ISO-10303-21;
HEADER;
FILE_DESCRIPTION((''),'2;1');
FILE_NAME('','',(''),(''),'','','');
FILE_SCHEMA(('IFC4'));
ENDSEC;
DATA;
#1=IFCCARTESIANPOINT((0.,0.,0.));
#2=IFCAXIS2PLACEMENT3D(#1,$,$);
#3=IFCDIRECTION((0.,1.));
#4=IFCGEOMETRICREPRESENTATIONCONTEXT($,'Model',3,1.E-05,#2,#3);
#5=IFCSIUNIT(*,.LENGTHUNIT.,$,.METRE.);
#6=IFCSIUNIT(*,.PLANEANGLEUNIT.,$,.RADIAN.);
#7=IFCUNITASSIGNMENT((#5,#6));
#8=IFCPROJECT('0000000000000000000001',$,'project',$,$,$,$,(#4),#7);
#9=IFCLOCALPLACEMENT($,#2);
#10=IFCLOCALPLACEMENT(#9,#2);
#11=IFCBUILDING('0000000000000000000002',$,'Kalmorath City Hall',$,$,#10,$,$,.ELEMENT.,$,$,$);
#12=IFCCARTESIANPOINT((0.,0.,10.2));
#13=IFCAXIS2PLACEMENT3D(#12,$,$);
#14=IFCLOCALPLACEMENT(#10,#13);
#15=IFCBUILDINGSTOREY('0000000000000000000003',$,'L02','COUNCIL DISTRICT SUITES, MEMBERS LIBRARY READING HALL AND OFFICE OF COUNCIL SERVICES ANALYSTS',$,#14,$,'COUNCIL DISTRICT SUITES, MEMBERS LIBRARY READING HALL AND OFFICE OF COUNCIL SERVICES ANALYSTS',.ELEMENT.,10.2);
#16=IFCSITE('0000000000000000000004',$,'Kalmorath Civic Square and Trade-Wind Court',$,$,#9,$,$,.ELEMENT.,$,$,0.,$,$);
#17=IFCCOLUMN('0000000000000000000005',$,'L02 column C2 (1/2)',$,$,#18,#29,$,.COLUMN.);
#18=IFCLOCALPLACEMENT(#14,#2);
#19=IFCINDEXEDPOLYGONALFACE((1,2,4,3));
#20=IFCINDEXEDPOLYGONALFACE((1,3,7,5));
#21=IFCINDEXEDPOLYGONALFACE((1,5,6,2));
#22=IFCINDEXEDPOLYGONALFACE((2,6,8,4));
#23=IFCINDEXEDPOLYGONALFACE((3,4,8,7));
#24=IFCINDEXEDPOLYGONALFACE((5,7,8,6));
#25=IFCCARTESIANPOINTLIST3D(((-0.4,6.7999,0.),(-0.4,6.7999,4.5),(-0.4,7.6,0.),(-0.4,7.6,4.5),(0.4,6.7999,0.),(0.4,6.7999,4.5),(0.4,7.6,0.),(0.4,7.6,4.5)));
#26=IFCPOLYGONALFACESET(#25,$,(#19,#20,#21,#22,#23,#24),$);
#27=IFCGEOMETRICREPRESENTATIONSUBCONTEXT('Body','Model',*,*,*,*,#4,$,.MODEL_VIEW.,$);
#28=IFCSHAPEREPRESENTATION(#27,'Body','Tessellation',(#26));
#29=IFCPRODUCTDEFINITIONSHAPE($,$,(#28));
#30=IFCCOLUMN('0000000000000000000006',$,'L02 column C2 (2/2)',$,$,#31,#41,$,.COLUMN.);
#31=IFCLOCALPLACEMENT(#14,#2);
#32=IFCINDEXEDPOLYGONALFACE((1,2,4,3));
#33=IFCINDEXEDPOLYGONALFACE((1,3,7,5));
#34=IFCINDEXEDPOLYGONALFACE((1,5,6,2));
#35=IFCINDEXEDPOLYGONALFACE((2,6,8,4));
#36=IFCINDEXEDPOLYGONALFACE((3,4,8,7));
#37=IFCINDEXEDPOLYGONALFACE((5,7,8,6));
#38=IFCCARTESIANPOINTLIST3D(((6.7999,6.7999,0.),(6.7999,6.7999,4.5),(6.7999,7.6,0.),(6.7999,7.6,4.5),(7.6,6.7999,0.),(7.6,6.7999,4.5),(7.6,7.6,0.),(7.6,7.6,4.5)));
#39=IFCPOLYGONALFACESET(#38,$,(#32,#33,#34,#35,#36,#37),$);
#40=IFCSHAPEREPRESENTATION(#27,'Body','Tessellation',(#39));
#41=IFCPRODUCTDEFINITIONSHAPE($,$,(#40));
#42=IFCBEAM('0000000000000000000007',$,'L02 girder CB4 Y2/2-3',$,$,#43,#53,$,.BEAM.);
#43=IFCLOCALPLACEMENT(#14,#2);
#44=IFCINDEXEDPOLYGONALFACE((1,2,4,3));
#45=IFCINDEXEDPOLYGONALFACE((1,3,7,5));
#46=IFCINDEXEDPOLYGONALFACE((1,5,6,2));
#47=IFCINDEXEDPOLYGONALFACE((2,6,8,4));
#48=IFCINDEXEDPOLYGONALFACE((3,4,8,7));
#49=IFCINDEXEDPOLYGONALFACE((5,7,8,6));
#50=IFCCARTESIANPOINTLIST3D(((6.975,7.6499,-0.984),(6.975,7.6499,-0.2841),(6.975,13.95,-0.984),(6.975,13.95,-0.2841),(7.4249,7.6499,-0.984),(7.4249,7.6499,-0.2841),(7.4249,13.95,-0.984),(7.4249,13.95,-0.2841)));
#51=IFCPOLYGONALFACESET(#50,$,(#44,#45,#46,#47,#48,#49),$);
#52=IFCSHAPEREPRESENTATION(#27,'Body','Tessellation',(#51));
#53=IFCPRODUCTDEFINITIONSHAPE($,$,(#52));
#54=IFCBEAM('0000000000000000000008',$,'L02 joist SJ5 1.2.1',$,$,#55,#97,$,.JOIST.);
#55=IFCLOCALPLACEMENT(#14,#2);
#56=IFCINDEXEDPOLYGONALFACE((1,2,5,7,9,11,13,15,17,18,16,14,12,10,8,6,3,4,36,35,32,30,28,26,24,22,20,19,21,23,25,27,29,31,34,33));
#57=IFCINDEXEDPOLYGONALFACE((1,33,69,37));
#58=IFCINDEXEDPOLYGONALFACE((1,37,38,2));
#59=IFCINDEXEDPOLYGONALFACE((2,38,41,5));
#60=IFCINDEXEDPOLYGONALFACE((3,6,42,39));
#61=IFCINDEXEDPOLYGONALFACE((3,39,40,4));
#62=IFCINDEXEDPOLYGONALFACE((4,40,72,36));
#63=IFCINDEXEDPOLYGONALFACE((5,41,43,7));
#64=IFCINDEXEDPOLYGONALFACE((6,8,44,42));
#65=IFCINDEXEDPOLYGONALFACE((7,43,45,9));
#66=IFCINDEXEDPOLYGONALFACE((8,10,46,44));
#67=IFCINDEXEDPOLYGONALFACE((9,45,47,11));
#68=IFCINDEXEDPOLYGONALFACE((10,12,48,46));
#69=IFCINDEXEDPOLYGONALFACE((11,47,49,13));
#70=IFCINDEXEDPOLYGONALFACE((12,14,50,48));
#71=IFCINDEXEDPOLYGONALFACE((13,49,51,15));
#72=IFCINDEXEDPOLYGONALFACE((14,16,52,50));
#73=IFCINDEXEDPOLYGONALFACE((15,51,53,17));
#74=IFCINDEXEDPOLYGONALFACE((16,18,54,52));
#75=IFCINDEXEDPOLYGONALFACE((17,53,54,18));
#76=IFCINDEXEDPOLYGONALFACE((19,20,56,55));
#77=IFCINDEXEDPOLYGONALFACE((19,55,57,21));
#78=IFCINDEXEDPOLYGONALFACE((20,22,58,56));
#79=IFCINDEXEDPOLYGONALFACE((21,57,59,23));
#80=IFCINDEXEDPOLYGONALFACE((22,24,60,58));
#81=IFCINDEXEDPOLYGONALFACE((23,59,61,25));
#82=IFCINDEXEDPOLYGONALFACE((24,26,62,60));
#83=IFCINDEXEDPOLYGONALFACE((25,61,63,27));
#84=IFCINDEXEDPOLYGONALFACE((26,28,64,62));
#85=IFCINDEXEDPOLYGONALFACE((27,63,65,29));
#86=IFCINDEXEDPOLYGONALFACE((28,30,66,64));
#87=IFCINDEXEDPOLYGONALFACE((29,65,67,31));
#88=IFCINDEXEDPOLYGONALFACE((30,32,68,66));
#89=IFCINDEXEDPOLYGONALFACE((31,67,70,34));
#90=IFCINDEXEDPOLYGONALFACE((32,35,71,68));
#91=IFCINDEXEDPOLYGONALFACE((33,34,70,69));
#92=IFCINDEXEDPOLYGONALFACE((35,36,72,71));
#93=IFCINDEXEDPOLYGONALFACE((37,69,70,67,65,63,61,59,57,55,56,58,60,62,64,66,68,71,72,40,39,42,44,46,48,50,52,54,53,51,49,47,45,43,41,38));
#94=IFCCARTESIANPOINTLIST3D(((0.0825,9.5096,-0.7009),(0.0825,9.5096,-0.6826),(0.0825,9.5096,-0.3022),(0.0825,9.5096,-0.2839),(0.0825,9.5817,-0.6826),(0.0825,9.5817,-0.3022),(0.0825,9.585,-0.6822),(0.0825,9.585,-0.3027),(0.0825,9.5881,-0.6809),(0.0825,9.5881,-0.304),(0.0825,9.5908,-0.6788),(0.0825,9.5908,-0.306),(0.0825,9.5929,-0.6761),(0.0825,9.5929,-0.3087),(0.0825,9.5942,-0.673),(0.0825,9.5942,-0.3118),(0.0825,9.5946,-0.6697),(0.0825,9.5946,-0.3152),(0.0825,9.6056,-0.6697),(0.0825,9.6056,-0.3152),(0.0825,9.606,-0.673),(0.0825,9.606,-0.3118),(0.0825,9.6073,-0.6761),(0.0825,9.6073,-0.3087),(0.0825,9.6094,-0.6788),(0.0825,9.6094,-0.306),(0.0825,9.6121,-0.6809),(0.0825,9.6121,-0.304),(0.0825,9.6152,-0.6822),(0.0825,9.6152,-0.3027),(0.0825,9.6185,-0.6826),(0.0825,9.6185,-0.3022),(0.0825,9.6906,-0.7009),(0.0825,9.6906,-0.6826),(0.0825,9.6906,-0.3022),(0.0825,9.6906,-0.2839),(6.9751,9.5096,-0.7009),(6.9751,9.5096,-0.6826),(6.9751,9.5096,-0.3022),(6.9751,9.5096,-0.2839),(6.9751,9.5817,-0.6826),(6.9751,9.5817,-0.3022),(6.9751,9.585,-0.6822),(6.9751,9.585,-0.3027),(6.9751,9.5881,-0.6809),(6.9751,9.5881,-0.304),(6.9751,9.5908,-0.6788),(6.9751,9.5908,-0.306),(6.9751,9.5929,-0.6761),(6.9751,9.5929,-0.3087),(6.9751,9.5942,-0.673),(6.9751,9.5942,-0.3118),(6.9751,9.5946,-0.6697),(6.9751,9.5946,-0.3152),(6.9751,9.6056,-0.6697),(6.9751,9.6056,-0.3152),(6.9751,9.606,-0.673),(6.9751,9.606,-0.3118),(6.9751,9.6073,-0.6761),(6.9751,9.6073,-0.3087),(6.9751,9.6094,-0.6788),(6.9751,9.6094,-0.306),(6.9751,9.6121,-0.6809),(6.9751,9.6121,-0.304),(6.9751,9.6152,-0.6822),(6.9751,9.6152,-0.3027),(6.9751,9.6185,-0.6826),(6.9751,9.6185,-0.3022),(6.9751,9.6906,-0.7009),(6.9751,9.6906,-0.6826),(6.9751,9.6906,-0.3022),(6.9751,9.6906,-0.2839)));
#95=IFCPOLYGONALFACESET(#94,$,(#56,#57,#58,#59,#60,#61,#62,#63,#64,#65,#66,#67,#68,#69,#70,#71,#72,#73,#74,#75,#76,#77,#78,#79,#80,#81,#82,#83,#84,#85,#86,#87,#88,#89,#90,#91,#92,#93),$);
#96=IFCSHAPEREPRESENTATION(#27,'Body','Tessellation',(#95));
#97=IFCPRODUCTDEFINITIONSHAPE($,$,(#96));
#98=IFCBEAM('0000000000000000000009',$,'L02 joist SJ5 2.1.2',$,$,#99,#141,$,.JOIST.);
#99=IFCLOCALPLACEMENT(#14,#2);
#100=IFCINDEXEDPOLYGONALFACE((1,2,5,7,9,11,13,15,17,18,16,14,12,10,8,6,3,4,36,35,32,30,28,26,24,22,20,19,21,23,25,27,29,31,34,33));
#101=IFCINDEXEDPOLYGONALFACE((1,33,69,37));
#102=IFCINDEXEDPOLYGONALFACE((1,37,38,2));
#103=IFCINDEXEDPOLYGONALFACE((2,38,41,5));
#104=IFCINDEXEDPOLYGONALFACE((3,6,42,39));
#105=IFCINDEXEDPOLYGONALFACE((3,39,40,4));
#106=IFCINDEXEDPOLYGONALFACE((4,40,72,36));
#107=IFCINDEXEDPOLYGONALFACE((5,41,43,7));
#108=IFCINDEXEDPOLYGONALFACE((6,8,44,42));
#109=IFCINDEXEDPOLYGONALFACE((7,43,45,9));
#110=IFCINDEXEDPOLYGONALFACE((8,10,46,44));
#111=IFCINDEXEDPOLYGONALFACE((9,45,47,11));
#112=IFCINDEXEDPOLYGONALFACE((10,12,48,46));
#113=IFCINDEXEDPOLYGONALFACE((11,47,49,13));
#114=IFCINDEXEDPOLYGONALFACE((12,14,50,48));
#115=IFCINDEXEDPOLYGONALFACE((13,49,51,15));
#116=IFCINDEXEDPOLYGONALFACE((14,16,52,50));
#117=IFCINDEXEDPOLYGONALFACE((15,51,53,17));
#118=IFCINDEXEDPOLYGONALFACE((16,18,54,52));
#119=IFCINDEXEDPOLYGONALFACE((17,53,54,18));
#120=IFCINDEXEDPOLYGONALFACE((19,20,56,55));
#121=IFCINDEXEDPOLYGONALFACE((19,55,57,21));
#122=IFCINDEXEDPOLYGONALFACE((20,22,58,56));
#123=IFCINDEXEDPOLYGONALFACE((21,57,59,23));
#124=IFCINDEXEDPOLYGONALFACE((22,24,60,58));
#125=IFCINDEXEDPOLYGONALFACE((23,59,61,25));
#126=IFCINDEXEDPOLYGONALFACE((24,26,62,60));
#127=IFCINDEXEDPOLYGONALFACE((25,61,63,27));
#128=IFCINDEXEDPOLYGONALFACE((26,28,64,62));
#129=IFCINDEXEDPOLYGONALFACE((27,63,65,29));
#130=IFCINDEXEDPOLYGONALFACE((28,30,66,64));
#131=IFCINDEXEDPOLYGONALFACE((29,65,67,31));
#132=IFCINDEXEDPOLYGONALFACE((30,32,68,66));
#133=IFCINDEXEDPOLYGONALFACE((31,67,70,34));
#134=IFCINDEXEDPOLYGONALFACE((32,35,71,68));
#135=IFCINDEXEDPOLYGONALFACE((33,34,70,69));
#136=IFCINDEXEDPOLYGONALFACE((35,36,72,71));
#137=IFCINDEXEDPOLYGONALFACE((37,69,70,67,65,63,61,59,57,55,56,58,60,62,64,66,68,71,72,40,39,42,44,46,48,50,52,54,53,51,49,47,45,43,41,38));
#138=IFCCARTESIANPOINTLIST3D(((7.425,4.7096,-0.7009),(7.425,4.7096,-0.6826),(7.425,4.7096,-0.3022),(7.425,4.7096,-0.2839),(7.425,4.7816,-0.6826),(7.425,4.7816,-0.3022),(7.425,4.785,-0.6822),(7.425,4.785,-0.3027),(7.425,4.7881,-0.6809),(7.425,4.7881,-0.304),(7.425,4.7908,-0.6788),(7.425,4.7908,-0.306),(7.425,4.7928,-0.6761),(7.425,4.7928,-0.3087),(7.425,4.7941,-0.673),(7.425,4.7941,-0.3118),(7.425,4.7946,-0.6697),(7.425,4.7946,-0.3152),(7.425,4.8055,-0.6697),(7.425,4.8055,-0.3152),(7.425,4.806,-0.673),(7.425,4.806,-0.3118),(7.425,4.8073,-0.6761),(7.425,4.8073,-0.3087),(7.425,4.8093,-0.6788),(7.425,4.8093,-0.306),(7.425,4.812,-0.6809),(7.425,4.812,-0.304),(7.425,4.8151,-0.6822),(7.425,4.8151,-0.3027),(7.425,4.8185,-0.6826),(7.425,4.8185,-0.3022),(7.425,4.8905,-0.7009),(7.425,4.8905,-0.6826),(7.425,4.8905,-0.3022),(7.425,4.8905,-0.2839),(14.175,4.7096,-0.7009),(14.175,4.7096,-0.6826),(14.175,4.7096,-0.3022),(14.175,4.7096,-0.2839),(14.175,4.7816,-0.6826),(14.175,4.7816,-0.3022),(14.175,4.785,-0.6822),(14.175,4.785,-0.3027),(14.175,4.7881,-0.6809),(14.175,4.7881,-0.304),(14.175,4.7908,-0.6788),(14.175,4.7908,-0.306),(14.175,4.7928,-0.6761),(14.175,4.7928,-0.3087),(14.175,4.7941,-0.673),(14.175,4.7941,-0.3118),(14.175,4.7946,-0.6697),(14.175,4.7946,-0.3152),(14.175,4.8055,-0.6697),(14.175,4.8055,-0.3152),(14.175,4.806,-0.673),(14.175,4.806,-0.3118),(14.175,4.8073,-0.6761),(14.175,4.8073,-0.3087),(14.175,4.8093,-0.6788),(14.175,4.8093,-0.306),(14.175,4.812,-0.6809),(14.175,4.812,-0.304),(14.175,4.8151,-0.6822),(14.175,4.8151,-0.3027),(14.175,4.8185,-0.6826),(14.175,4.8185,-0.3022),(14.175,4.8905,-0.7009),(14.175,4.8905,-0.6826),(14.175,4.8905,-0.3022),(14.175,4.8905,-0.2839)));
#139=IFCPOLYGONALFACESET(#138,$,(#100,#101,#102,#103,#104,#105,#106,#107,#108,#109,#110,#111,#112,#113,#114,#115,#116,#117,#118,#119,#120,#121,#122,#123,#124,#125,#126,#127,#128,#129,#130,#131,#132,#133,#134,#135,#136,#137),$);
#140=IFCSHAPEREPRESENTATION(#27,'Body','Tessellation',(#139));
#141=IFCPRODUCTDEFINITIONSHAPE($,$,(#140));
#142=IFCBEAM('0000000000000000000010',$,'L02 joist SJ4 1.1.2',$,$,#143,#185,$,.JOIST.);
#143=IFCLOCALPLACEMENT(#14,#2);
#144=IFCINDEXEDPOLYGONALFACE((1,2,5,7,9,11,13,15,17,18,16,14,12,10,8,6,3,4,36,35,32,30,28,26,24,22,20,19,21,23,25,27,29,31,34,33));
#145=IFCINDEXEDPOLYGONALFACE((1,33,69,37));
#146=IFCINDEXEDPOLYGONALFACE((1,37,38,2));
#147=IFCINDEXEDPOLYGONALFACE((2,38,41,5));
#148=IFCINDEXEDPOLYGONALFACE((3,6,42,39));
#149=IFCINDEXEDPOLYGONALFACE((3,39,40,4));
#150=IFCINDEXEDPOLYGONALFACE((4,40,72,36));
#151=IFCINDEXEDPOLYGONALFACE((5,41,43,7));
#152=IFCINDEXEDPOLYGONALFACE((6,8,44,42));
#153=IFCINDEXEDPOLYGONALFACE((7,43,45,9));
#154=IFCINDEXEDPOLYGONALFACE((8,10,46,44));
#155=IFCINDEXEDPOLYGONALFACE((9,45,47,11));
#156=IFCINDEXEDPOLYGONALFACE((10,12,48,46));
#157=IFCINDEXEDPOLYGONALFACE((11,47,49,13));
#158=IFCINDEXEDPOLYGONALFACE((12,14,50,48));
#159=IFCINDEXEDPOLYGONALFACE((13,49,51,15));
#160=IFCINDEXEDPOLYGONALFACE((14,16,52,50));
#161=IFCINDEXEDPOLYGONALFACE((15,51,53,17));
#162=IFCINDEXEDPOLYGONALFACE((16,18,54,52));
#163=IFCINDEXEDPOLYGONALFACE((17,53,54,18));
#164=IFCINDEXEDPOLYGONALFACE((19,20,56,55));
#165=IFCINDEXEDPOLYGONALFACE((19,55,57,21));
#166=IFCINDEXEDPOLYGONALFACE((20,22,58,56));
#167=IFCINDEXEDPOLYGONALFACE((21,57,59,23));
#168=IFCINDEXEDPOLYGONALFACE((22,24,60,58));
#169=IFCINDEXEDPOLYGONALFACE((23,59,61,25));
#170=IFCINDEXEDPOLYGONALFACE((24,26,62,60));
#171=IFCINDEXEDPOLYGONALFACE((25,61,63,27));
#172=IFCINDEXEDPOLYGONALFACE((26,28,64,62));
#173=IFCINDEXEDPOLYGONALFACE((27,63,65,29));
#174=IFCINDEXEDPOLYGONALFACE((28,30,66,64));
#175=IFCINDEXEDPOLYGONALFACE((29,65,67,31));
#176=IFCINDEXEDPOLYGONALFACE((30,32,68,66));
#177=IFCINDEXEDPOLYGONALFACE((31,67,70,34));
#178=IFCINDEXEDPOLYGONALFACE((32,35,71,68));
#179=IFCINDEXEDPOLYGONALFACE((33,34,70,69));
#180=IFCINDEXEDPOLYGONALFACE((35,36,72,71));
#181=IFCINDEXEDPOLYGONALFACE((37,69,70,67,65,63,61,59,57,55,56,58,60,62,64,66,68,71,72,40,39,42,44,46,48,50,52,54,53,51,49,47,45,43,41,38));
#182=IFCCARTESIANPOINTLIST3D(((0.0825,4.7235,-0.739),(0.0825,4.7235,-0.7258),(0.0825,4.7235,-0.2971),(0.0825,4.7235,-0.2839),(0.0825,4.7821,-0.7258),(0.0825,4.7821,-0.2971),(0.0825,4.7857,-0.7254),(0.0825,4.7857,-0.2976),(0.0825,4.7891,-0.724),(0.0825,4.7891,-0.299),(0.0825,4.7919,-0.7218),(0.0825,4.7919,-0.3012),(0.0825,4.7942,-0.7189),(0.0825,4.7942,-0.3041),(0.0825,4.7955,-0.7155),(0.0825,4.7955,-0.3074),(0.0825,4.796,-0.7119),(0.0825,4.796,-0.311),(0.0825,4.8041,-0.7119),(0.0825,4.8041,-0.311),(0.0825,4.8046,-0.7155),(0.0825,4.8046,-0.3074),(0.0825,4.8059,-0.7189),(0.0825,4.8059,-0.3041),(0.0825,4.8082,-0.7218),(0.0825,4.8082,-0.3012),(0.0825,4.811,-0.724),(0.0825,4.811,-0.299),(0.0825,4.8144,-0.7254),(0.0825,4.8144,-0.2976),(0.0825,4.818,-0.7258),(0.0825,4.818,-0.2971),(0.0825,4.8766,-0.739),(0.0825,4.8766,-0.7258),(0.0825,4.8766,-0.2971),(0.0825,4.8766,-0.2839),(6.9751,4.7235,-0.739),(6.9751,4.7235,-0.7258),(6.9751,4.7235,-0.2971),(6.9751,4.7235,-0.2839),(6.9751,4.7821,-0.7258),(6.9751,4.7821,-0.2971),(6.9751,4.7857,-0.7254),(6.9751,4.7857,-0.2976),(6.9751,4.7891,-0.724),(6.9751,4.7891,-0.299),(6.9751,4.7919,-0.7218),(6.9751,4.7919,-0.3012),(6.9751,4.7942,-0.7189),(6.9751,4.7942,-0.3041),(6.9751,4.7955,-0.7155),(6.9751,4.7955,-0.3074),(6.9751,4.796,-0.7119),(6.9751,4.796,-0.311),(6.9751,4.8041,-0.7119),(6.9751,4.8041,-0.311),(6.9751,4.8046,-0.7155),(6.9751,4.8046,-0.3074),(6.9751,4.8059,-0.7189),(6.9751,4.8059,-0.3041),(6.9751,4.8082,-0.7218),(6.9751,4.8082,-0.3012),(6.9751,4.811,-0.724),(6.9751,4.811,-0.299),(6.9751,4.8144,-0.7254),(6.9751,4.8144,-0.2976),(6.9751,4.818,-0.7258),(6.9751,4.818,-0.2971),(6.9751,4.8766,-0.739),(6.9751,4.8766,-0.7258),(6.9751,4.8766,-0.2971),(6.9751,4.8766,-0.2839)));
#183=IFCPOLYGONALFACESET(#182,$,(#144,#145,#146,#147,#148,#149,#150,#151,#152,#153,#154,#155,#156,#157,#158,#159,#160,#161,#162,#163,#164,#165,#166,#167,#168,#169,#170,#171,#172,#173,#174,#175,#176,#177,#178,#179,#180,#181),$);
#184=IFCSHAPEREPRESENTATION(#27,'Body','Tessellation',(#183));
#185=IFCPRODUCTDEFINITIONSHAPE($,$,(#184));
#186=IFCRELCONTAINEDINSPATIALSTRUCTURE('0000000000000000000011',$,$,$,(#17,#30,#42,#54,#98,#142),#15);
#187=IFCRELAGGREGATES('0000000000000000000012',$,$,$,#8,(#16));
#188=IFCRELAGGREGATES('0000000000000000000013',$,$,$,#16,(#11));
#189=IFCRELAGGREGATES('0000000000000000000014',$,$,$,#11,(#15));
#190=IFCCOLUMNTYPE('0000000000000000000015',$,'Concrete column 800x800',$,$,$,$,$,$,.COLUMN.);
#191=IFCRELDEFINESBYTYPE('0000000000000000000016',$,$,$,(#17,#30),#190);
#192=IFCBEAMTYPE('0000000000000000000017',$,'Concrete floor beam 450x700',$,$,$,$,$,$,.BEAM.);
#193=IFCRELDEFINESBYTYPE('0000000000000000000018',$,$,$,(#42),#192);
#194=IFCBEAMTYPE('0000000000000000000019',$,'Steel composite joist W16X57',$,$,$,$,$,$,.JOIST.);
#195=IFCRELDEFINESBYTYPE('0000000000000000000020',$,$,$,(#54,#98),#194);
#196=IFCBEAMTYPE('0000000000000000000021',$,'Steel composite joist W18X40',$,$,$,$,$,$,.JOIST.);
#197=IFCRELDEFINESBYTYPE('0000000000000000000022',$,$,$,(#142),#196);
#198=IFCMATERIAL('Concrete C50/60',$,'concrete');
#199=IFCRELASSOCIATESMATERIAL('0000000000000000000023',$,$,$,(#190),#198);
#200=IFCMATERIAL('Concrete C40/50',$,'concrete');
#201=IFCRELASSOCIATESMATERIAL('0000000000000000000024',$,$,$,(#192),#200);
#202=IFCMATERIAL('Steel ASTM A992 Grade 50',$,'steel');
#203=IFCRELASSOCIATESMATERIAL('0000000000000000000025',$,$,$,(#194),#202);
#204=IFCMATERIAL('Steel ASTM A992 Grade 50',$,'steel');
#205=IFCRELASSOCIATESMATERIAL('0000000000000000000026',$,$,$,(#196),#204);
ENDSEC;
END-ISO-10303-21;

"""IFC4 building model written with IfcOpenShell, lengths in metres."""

from ifc_helpers import new_model, si_unit, direction, frame, origin, origin_2d, place, context, subcontext, project, spatial, rectangle, i_section, extrude, material, material_profile, profile_set, type_object, element, save


model = new_model("IFC4")

# Units and contexts
model_context = context("Model", 3, precision=1e-05, world=origin(), true_north=direction((0.0, 1.0)))
body_context = subcontext(model_context, "Body", "Model", "MODEL_VIEW")
ifc_project = project(units=[si_unit("LENGTHUNIT", "METRE"), si_unit("PLANEANGLEUNIT", "RADIAN")], contexts=[model_context])

# Site, building, storey
site_placement = place(None, origin())
site = spatial("IfcSite", under=ifc_project, at=site_placement, Name="Kalmorath Civic Square and Trade-Wind Court", CompositionType="ELEMENT", RefElevation=0.0)
building_placement = place(site_placement, origin())
building = spatial("IfcBuilding", under=site, at=building_placement, Name="Kalmorath City Hall", CompositionType="ELEMENT")
storey_placement = place(building_placement, frame((0.0, 0.0, 10.2)))
storey = spatial("IfcBuildingStorey", under=building, at=storey_placement, Name="L02", Description="COUNCIL DISTRICT SUITES, MEMBERS LIBRARY READING HALL AND OFFICE OF COUNCIL SERVICES ANALYSTS", LongName="COUNCIL DISTRICT SUITES, MEMBERS LIBRARY READING HALL AND OFFICE OF COUNCIL SERVICES ANALYSTS", CompositionType="ELEMENT", Elevation=10.2)

# Columns
ifc_material_1 = material(Name="Concrete C50/60", Category="concrete")
ifc_material_profile_1 = material_profile(ifc_material_1, rectangle(XDim=0.8, YDim=0.8, at=origin_2d()), Name="RC-COL-800X800")
ifc_profile_set_1 = profile_set([ifc_material_profile_1], Name="Concrete C50/60")
column_type = type_object("IfcColumnType", Name="Concrete column 800x800", PredefinedType="COLUMN", material=ifc_profile_set_1)
for number, where, z_axis, x_axis, name in (
    (1, (0.0, 7.2, 0.0), (0.0, 0.0, 1.0), (1.0, 0.0, 0.0), "L02 column C2 (1/2)"),
    (2, (7.2, 7.2, 0.0), (0.0, 0.0, 1.0), (1.0, 0.0, 0.0), "L02 column C2 (2/2)"),
):
    element("IfcColumn", number, at=place(storey_placement, frame(where, z_axis=z_axis, x_axis=x_axis)), inside=storey, type_object=column_type, Name=name, PredefinedType="COLUMN", context=body_context, shape_type="SweptSolid", body=[
        extrude(rectangle(XDim=0.8, YDim=0.8, at=origin_2d()), origin(), (0.0, 0.0, 1.0), 4.5),
    ])

# Beams
ifc_material_2 = material(Name="Concrete C40/50", Category="concrete")
ifc_material_profile_2 = material_profile(ifc_material_2, rectangle(XDim=0.45, YDim=0.7, at=origin_2d()), Name="RC-BM-450X700")
ifc_profile_set_2 = profile_set([ifc_material_profile_2], Name="Concrete C40/50")
beam_type_1 = type_object("IfcBeamType", Name="Concrete floor beam 450x700", PredefinedType="BEAM", material=ifc_profile_set_2)
beam_1_placement = place(storey_placement, frame((7.2, 7.6499, -0.634), z_axis=(0.0, 1.0, 0.0), x_axis=(-1.0, 0.0, 0.0)))
element("IfcBeam", 3, at=beam_1_placement, inside=storey, type_object=beam_type_1, Name="L02 girder CB4 Y2/2-3", PredefinedType="BEAM", context=body_context, shape_type="SweptSolid", body=[
    extrude(rectangle(XDim=0.45, YDim=0.7, at=origin_2d()), origin(), (0.0, 0.0, 1.0), 6.3),
])
ifc_material_3 = material(Name="Steel ASTM A992 Grade 50", Category="steel")
ifc_material_profile_3 = material_profile(ifc_material_3, i_section(OverallWidth=0.1809, OverallDepth=0.417, WebThickness=0.011, FlangeThickness=0.0183, FilletRadius=0.0129, at=origin_2d()), Name="W16X57")
ifc_profile_set_3 = profile_set([ifc_material_profile_3], Name="Steel ASTM A992 Grade 50")
beam_type_2 = type_object("IfcBeamType", Name="Steel composite joist W16X57", PredefinedType="JOIST", material=ifc_profile_set_3)
beam_2_placement = place(storey_placement, frame((0.0825, 9.6001, -0.4924), z_axis=(1.0, 0.0, 0.0), x_axis=(0.0, 1.0, 0.0)))
element("IfcBeam", 4, at=beam_2_placement, inside=storey, type_object=beam_type_2, Name="L02 joist SJ5 1.2.1", PredefinedType="JOIST", context=body_context, shape_type="SweptSolid", body=[
    extrude(i_section(OverallWidth=0.1809, OverallDepth=0.417, WebThickness=0.011, FlangeThickness=0.0183, FilletRadius=0.0129, at=origin_2d()), origin(), (0.0, 0.0, 1.0), 6.8926),
])
beam_3_placement = place(storey_placement, frame((7.425, 4.8, -0.4924), z_axis=(1.0, 0.0, 0.0), x_axis=(0.0, 1.0, 0.0)))
element("IfcBeam", 5, at=beam_3_placement, inside=storey, type_object=beam_type_2, Name="L02 joist SJ5 2.1.2", PredefinedType="JOIST", context=body_context, shape_type="SweptSolid", body=[
    extrude(i_section(OverallWidth=0.1809, OverallDepth=0.417, WebThickness=0.011, FlangeThickness=0.0183, FilletRadius=0.0129, at=origin_2d()), origin(), (0.0, 0.0, 1.0), 6.75),
])
ifc_material_4 = material(Name="Steel ASTM A992 Grade 50", Category="steel")
ifc_material_profile_4 = material_profile(ifc_material_4, i_section(OverallWidth=0.1531, OverallDepth=0.4551, WebThickness=0.0081, FlangeThickness=0.0132, FilletRadius=0.0139, at=origin_2d()), Name="W18X40")
ifc_profile_set_4 = profile_set([ifc_material_profile_4], Name="Steel ASTM A992 Grade 50")
beam_type_3 = type_object("IfcBeamType", Name="Steel composite joist W18X40", PredefinedType="JOIST", material=ifc_profile_set_4)
beam_4_placement = place(storey_placement, frame((0.0825, 4.8, -0.5115), z_axis=(1.0, 0.0, 0.0), x_axis=(0.0, 1.0, 0.0)))
element("IfcBeam", 6, at=beam_4_placement, inside=storey, type_object=beam_type_3, Name="L02 joist SJ4 1.1.2", PredefinedType="JOIST", context=body_context, shape_type="SweptSolid", body=[
    extrude(i_section(OverallWidth=0.1531, OverallDepth=0.4551, WebThickness=0.0081, FlangeThickness=0.0132, FilletRadius=0.0139, at=origin_2d()), origin(), (0.0, 0.0, 1.0), 6.8926),
])

save(model, "model.ifc")
